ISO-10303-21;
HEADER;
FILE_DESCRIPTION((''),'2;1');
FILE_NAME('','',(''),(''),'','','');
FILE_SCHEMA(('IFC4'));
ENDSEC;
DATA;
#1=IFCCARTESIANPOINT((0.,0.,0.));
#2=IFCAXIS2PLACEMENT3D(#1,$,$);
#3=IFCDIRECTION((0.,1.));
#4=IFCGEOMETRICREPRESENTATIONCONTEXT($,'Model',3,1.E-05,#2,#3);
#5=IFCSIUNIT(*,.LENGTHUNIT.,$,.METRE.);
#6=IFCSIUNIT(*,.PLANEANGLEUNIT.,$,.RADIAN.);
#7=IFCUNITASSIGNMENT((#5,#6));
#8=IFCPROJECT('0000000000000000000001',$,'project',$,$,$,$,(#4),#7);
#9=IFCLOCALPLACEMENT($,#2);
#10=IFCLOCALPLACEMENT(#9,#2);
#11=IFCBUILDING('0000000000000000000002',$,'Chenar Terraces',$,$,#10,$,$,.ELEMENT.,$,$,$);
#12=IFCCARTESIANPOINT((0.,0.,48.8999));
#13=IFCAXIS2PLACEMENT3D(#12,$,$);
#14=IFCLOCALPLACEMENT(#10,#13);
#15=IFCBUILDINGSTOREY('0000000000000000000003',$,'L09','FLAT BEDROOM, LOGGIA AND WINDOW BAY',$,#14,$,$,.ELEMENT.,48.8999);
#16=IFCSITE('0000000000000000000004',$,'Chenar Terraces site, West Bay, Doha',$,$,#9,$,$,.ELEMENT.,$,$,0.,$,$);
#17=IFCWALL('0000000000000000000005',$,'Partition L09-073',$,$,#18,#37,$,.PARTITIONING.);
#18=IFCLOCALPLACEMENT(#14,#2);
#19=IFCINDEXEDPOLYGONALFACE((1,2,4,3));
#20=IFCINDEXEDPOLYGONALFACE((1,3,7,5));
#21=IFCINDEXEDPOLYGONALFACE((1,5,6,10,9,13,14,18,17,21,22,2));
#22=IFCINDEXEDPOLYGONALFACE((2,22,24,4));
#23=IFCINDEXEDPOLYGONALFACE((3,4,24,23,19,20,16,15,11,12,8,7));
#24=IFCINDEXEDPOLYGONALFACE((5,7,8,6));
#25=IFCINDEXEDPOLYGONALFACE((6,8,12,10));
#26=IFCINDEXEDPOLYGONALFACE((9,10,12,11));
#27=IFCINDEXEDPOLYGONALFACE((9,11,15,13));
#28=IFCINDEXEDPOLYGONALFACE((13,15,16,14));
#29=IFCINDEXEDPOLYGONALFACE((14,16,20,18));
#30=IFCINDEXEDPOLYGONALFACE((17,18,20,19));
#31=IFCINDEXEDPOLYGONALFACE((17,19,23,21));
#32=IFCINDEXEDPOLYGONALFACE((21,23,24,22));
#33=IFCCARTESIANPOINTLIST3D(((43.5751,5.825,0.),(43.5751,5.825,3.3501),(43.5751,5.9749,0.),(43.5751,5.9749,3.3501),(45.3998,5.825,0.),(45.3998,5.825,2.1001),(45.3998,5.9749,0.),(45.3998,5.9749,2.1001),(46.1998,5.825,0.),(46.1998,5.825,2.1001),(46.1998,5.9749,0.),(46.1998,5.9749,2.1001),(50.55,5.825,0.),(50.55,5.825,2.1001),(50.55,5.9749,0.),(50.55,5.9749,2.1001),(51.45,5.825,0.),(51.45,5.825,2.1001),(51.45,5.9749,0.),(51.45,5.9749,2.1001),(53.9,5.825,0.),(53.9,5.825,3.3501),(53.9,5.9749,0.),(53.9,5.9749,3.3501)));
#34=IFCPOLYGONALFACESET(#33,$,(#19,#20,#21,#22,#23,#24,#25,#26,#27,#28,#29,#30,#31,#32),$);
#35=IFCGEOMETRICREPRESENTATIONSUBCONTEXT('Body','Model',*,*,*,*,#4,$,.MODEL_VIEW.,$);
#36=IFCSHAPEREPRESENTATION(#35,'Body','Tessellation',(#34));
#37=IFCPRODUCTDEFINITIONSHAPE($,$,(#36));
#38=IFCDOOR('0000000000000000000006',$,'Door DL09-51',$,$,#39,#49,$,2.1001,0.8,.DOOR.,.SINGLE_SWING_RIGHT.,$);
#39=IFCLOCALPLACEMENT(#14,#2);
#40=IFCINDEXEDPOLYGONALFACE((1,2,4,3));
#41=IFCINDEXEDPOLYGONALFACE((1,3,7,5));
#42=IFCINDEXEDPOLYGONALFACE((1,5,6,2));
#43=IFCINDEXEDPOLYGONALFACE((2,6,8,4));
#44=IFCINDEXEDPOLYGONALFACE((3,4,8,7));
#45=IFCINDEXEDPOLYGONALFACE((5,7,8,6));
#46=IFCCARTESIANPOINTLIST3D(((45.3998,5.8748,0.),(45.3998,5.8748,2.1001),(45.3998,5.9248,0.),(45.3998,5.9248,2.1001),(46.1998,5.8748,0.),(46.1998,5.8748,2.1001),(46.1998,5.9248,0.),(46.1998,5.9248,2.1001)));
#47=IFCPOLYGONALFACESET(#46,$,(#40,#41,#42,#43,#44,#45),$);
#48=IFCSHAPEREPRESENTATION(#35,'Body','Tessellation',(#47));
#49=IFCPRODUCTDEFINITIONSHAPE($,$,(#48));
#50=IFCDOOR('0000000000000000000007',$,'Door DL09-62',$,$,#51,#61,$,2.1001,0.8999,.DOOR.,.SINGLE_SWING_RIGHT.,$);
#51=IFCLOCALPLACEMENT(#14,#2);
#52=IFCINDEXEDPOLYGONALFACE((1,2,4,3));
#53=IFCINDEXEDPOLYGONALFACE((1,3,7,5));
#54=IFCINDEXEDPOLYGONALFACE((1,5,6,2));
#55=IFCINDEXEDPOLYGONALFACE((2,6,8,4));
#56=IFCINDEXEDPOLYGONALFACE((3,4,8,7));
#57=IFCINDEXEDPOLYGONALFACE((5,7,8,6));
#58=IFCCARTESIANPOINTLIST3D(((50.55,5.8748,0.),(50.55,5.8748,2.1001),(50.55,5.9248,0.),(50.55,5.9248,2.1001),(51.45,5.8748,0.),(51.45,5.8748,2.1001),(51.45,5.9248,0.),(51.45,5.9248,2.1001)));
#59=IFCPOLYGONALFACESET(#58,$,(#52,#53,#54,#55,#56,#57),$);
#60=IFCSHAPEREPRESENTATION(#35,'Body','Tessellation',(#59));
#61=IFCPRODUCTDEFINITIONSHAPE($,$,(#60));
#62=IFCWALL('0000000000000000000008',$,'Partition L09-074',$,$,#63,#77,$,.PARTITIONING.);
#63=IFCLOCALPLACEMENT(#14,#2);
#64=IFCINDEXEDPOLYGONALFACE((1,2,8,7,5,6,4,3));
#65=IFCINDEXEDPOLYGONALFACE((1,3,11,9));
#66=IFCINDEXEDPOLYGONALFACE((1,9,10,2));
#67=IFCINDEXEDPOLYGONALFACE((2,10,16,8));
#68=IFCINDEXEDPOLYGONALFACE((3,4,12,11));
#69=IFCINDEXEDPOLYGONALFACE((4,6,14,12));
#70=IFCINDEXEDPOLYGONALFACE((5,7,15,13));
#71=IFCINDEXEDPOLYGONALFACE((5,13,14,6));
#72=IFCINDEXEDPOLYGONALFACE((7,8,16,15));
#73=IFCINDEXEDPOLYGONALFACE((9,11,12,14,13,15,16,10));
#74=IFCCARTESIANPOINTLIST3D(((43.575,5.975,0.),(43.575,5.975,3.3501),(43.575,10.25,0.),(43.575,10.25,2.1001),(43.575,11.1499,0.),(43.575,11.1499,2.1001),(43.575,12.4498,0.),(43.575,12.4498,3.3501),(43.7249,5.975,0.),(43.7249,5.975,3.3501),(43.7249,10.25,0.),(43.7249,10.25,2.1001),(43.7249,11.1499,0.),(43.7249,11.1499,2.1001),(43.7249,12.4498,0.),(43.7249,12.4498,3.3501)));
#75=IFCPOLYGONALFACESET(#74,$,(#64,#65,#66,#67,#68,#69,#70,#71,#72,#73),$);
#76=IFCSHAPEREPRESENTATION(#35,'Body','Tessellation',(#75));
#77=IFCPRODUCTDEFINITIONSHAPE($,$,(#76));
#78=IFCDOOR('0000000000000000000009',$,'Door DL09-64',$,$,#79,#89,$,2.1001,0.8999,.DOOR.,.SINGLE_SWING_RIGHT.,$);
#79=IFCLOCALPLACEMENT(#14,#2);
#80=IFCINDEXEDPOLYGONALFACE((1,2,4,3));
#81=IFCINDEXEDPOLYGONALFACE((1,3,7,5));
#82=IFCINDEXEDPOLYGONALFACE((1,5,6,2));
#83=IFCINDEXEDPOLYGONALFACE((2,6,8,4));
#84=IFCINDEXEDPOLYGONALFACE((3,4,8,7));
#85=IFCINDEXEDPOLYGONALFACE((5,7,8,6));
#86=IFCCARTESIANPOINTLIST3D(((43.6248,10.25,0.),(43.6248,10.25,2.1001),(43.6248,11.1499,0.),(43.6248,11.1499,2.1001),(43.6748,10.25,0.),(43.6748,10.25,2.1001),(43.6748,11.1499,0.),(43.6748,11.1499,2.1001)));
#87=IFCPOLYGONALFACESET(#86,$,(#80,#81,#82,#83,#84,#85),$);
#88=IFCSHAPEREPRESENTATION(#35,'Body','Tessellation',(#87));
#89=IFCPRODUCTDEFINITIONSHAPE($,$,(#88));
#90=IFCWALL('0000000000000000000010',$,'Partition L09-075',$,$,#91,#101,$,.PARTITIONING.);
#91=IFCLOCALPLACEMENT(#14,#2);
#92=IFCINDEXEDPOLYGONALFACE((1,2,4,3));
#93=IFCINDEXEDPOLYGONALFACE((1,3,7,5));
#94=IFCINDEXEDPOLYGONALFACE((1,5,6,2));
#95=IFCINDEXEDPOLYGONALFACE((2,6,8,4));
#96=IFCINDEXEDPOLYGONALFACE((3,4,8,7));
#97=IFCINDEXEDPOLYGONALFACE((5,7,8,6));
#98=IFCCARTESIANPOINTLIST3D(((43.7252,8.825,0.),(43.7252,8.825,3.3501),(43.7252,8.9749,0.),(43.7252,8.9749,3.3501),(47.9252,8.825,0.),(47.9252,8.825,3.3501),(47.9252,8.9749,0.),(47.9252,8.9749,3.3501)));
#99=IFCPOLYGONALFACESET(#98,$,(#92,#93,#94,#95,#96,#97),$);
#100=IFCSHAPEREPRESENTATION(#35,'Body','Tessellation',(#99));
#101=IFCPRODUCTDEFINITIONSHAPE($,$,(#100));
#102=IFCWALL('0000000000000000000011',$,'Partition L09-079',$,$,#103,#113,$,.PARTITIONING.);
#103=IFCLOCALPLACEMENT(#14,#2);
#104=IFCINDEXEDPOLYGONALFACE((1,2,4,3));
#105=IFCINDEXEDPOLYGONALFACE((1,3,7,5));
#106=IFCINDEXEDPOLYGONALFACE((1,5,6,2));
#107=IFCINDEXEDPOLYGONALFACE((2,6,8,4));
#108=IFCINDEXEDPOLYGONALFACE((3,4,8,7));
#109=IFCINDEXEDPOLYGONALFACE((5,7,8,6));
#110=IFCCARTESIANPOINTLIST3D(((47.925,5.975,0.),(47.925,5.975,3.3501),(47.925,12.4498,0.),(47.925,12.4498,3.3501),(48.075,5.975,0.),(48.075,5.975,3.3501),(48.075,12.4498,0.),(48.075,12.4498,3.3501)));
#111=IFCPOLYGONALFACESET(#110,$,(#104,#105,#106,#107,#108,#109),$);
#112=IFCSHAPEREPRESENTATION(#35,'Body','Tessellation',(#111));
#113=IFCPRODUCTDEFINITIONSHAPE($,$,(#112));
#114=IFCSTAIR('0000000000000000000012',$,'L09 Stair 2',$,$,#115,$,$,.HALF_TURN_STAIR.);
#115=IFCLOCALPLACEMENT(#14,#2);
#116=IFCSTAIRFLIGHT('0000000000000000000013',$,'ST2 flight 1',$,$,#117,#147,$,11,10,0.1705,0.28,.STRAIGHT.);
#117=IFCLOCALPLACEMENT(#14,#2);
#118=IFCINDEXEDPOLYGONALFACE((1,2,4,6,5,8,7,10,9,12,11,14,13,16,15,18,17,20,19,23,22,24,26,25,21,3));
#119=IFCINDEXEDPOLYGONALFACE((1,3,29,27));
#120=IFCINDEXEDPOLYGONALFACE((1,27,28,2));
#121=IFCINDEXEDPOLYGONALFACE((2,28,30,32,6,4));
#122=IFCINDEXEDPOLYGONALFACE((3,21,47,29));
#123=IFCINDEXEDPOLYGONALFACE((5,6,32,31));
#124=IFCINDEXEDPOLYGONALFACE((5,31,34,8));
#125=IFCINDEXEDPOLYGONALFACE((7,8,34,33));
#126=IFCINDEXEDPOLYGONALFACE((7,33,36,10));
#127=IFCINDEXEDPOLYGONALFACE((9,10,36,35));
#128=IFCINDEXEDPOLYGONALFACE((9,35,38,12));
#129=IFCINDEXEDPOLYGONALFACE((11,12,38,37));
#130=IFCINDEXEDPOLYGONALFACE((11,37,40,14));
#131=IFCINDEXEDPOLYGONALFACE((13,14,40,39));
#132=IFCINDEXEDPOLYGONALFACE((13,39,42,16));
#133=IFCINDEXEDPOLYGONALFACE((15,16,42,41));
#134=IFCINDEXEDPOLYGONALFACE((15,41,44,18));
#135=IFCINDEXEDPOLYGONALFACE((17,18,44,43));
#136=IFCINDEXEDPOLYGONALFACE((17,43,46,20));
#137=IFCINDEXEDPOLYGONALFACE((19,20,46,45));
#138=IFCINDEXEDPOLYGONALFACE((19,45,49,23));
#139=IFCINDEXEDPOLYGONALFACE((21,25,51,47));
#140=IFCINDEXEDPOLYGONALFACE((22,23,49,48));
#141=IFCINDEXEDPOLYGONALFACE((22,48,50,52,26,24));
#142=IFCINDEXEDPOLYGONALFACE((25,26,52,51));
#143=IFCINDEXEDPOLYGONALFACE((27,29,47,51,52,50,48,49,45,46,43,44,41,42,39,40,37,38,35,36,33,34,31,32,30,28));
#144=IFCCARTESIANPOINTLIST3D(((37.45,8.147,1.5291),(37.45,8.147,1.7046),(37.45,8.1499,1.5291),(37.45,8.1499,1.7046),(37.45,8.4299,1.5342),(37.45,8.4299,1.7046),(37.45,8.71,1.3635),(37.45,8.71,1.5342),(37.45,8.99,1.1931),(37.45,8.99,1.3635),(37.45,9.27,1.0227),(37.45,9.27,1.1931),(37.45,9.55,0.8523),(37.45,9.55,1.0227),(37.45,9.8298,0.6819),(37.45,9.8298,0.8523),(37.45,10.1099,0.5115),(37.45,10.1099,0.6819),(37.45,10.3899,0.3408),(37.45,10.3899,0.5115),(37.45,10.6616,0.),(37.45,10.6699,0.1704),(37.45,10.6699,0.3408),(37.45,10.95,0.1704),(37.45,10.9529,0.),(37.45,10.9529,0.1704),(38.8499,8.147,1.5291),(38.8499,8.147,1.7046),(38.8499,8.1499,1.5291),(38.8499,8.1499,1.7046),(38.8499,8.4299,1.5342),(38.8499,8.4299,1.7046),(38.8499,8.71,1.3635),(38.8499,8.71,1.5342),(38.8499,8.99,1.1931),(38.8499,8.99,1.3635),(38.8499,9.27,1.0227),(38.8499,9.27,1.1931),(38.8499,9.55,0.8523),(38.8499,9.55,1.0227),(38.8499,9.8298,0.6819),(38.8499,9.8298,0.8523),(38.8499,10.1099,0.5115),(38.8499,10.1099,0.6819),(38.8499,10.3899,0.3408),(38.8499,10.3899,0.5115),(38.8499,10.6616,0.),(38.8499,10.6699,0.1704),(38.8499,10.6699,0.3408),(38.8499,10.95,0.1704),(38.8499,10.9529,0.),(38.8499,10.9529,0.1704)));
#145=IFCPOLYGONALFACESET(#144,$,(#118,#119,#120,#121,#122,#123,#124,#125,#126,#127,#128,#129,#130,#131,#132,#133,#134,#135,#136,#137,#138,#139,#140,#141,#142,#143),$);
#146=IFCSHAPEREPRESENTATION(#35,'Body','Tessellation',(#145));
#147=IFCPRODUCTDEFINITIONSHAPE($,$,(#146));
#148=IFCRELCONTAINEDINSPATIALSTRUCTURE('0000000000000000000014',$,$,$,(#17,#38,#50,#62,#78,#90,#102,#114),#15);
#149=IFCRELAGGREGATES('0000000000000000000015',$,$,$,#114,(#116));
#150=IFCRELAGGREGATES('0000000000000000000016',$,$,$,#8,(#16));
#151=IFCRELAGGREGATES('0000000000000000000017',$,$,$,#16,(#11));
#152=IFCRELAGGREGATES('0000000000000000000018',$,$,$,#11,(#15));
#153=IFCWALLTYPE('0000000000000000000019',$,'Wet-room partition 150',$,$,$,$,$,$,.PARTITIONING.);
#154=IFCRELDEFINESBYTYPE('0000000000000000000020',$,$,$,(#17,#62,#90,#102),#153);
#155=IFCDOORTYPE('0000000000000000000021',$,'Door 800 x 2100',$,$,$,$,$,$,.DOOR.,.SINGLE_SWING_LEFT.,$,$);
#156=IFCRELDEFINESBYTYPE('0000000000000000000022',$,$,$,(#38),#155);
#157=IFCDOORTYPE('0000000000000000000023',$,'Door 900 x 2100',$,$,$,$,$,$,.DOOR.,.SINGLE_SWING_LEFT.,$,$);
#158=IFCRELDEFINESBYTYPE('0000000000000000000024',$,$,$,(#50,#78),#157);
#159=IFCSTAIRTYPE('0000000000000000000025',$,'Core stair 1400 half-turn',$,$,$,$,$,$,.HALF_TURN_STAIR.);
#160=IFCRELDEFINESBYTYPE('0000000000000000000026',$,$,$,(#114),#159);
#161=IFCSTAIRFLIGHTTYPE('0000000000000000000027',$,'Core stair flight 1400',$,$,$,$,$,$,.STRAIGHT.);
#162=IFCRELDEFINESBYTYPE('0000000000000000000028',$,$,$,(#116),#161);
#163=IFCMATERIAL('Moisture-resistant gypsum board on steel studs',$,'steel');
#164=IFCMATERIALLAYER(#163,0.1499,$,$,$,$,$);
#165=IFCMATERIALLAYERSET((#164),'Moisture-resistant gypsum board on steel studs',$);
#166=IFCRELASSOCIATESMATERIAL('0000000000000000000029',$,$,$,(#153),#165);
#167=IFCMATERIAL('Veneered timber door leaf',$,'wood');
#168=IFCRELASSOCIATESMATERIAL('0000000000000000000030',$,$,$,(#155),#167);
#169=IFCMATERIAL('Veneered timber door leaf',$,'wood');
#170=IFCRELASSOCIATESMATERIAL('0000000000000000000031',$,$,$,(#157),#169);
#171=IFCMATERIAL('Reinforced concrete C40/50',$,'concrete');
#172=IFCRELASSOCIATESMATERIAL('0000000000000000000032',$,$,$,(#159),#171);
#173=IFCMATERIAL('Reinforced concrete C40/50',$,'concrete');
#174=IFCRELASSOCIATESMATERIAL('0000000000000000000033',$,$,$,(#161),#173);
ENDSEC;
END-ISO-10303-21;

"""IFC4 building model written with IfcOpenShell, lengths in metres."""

from ifc_helpers import new_model, si_unit, direction, frame, frame_2d, origin, place, context, subcontext, project, spatial, polyline, rectangle, outline, extrude, material, layer, layer_set, type_object, element, fill, aggregate, save


model = new_model("IFC4")

# Units and contexts
model_context = context("Model", 3, precision=1e-05, world=origin(), true_north=direction((0.0, 1.0)))
body_context = subcontext(model_context, "Body", "Model", "MODEL_VIEW")
ifc_project = project(units=[si_unit("LENGTHUNIT", "METRE"), si_unit("PLANEANGLEUNIT", "RADIAN")], contexts=[model_context])

# Site, building, storey
site_placement = place(None, origin())
site = spatial("IfcSite", under=ifc_project, at=site_placement, Name="Chenar Terraces site, West Bay, Doha", CompositionType="ELEMENT", RefElevation=0.0)
building_placement = place(site_placement, origin())
building = spatial("IfcBuilding", under=site, at=building_placement, Name="Chenar Terraces", CompositionType="ELEMENT")
storey_placement = place(building_placement, frame((0.0, 0.0, 48.8999)))
storey = spatial("IfcBuildingStorey", under=building, at=storey_placement, Name="L09", Description="FLAT BEDROOM, LOGGIA AND WINDOW BAY", CompositionType="ELEMENT", Elevation=48.8999)

# Wall, openings, doors
ifc_material_1 = material(Name="Moisture-resistant gypsum board on steel studs", Category="steel")
ifc_layer_1 = layer(ifc_material_1, 0.1499)
ifc_layer_set_1 = layer_set([ifc_layer_1], Name="Moisture-resistant gypsum board on steel studs")
wall_type_1 = type_object("IfcWallType", Name="Wet-room partition 150", PredefinedType="PARTITIONING", material=ifc_layer_set_1)
wall_1_placement = place(storey_placement, frame((43.575, 5.8999, 0.0), z_axis=(0.0, 0.0, 1.0), x_axis=(1.0, 0.0, 0.0)))
wall_1 = element("IfcWall", 1, at=wall_1_placement, inside=storey, type_object=wall_type_1, Name="Partition L09-073", PredefinedType="PARTITIONING", context=body_context, shape_type="SweptSolid", body=[
    extrude(rectangle(XDim=10.325, YDim=0.1499, at=frame_2d((5.1626, 0.0))), origin(), (0.0, 0.0, 1.0), 3.3501),
])
opening_1_placement = place(wall_1_placement, frame((1.825, 0.0, 0.0)))
opening_1 = element("IfcOpeningElement", 2, at=opening_1_placement, cuts=wall_1, PredefinedType="OPENING", context=body_context, shape_type="SweptSolid", body=[
    extrude(rectangle(XDim=0.8, YDim=2.1001, at=frame_2d((0.3999, 1.05))), frame((0.0, 0.085, 0.0), z_axis=(0.0, -1.0, 0.0), x_axis=(1.0, 0.0, 0.0)), (0.0, 0.0, 1.0), 0.1699),
])
opening_2_placement = place(wall_1_placement, frame((6.9751, 0.0, 0.0)))
opening_2 = element("IfcOpeningElement", 3, at=opening_2_placement, cuts=wall_1, PredefinedType="OPENING", context=body_context, shape_type="SweptSolid", body=[
    extrude(rectangle(XDim=0.8999, YDim=2.1001, at=frame_2d((0.45, 1.05))), frame((0.0, 0.085, 0.0), z_axis=(0.0, -1.0, 0.0), x_axis=(1.0, 0.0, 0.0)), (0.0, 0.0, 1.0), 0.1699),
])
ifc_material_2 = material(Name="Veneered timber door leaf", Category="wood")
door_type_1 = type_object("IfcDoorType", Name="Door 800 x 2100", OperationType="SINGLE_SWING_LEFT", PredefinedType="DOOR", material=ifc_material_2)
door_1_placement = place(opening_1_placement, origin())
door_1 = element("IfcDoor", 4, at=door_1_placement, inside=storey, type_object=door_type_1, Name="Door DL09-51", OperationType="SINGLE_SWING_RIGHT", OverallHeight=2.1001, OverallWidth=0.8, PredefinedType="DOOR", context=body_context, shape_type="SweptSolid", body=[
    extrude(rectangle(XDim=0.8, YDim=2.1001, at=frame_2d((0.3999, 1.05))), frame((0.0, 0.0249, 0.0), z_axis=(0.0, -1.0, 0.0), x_axis=(1.0, 0.0, 0.0)), (0.0, 0.0, 1.0), 0.05),
])
fill(opening_1, door_1)
ifc_material_3 = material(Name="Veneered timber door leaf", Category="wood")
door_type_2 = type_object("IfcDoorType", Name="Door 900 x 2100", OperationType="SINGLE_SWING_LEFT", PredefinedType="DOOR", material=ifc_material_3)
door_2_placement = place(opening_2_placement, origin())
door_2 = element("IfcDoor", 5, at=door_2_placement, inside=storey, type_object=door_type_2, Name="Door DL09-62", OperationType="SINGLE_SWING_RIGHT", OverallHeight=2.1001, OverallWidth=0.8999, PredefinedType="DOOR", context=body_context, shape_type="SweptSolid", body=[
    extrude(rectangle(XDim=0.8999, YDim=2.1001, at=frame_2d((0.45, 1.05))), frame((0.0, 0.0249, 0.0), z_axis=(0.0, -1.0, 0.0), x_axis=(1.0, 0.0, 0.0)), (0.0, 0.0, 1.0), 0.05),
])
fill(opening_2, door_2)

# Wall, opening, door
wall_2_placement = place(storey_placement, frame((43.6499, 5.9751, 0.0), z_axis=(0.0, 0.0, 1.0), x_axis=(0.0, 1.0, 0.0)))
wall_2 = element("IfcWall", 6, at=wall_2_placement, inside=storey, type_object=wall_type_1, Name="Partition L09-074", PredefinedType="PARTITIONING", context=body_context, shape_type="SweptSolid", body=[
    extrude(rectangle(XDim=6.4749, YDim=0.1499, at=frame_2d((3.2373, 0.0))), origin(), (0.0, 0.0, 1.0), 3.3501),
])
opening_3_placement = place(wall_2_placement, frame((4.2749, 0.0, 0.0)))
opening_3 = element("IfcOpeningElement", 7, at=opening_3_placement, cuts=wall_2, PredefinedType="OPENING", context=body_context, shape_type="SweptSolid", body=[
    extrude(rectangle(XDim=0.8999, YDim=2.1001, at=frame_2d((0.45, 1.05))), frame((0.0, 0.085, 0.0), z_axis=(0.0, -1.0, 0.0), x_axis=(1.0, 0.0, 0.0)), (0.0, 0.0, 1.0), 0.1699),
])
door_3_placement = place(opening_3_placement, frame((0.8999, 0.0, 0.0), z_axis=(0.0, 0.0, 1.0), x_axis=(-1.0, 0.0, 0.0)))
door_3 = element("IfcDoor", 8, at=door_3_placement, inside=storey, type_object=door_type_2, Name="Door DL09-64", OperationType="SINGLE_SWING_RIGHT", OverallHeight=2.1001, OverallWidth=0.8999, PredefinedType="DOOR", context=body_context, shape_type="SweptSolid", body=[
    extrude(rectangle(XDim=0.8999, YDim=2.1001, at=frame_2d((0.45, 1.05))), frame((0.0, 0.0249, 0.0), z_axis=(0.0, -1.0, 0.0), x_axis=(1.0, 0.0, 0.0)), (0.0, 0.0, 1.0), 0.05),
])
fill(opening_3, door_3)

# Walls
wall_3_placement = place(storey_placement, frame((43.7251, 8.8999, 0.0), z_axis=(0.0, 0.0, 1.0), x_axis=(1.0, 0.0, 0.0)))
element("IfcWall", 9, at=wall_3_placement, inside=storey, type_object=wall_type_1, Name="Partition L09-075", PredefinedType="PARTITIONING", context=body_context, shape_type="SweptSolid", body=[
    extrude(rectangle(XDim=4.2, YDim=0.1499, at=frame_2d((2.1001, 0.0))), origin(), (0.0, 0.0, 1.0), 3.3501),
])
wall_4_placement = place(storey_placement, frame((48.0, 5.9751, 0.0), z_axis=(0.0, 0.0, 1.0), x_axis=(0.0, 1.0, 0.0)))
element("IfcWall", 10, at=wall_4_placement, inside=storey, type_object=wall_type_1, Name="Partition L09-079", PredefinedType="PARTITIONING", context=body_context, shape_type="SweptSolid", body=[
    extrude(rectangle(XDim=6.4749, YDim=0.1499, at=frame_2d((3.2373, 0.0))), origin(), (0.0, 0.0, 1.0), 3.3501),
])

# Stair, stair flight
ifc_material_4 = material(Name="Reinforced concrete C40/50", Category="concrete")
stair_type = type_object("IfcStairType", Name="Core stair 1400 half-turn", PredefinedType="HALF_TURN_STAIR", material=ifc_material_4)
stair_placement = place(storey_placement, origin())
stair = element("IfcStair", 11, at=stair_placement, inside=storey, type_object=stair_type, Name="L09 Stair 2", PredefinedType="HALF_TURN_STAIR")
ifc_material_5 = material(Name="Reinforced concrete C40/50", Category="concrete")
stair_flight_type = type_object("IfcStairFlightType", Name="Core stair flight 1400", PredefinedType="STRAIGHT", material=ifc_material_5)
stair_flight_1_placement = place(storey_placement, frame((38.1499, 10.95, 0.0), z_axis=(0.0, 0.0, 1.0), x_axis=(0.0, -1.0, 0.0)))
stair_flight_1 = element("IfcStairFlight", 12, at=stair_flight_1_placement, type_object=stair_flight_type, Name="ST2 flight 1", NumberOfRisers=11, NumberOfTreads=10, PredefinedType="STRAIGHT", RiserHeight=0.1705, TreadLength=0.28, context=body_context, shape_type="SweptSolid", body=[
    extrude(outline(polyline([(-0.0029, 0.0), (-0.0029, 0.1704), (0.0, 0.1704), (0.28, 0.1704), (0.28, 0.3408), (0.5601, 0.3408), (0.5601, 0.5115), (0.8401, 0.5115), (0.8401, 0.6819), (1.1201, 0.6819), (1.1201, 0.8523), (1.3999, 0.8523), (1.3999, 1.0227), (1.6799, 1.0227), (1.6799, 1.1931), (1.96, 1.1931), (1.96, 1.3635), (2.24, 1.3635), (2.24, 1.5342), (2.52, 1.5342), (2.52, 1.7046), (2.8, 1.7046), (2.803, 1.7046), (2.803, 1.5291), (2.8, 1.5291), (0.2883, 0.0), (-0.0029, 0.0)])), frame((0.0, 0.7, 0.0), z_axis=(0.0, -1.0, 0.0), x_axis=(1.0, 0.0, 0.0)), (0.0, 0.0, 1.0), 1.3999),
])
aggregate(stair, [stair_flight_1])

save(model, "model.ifc")
